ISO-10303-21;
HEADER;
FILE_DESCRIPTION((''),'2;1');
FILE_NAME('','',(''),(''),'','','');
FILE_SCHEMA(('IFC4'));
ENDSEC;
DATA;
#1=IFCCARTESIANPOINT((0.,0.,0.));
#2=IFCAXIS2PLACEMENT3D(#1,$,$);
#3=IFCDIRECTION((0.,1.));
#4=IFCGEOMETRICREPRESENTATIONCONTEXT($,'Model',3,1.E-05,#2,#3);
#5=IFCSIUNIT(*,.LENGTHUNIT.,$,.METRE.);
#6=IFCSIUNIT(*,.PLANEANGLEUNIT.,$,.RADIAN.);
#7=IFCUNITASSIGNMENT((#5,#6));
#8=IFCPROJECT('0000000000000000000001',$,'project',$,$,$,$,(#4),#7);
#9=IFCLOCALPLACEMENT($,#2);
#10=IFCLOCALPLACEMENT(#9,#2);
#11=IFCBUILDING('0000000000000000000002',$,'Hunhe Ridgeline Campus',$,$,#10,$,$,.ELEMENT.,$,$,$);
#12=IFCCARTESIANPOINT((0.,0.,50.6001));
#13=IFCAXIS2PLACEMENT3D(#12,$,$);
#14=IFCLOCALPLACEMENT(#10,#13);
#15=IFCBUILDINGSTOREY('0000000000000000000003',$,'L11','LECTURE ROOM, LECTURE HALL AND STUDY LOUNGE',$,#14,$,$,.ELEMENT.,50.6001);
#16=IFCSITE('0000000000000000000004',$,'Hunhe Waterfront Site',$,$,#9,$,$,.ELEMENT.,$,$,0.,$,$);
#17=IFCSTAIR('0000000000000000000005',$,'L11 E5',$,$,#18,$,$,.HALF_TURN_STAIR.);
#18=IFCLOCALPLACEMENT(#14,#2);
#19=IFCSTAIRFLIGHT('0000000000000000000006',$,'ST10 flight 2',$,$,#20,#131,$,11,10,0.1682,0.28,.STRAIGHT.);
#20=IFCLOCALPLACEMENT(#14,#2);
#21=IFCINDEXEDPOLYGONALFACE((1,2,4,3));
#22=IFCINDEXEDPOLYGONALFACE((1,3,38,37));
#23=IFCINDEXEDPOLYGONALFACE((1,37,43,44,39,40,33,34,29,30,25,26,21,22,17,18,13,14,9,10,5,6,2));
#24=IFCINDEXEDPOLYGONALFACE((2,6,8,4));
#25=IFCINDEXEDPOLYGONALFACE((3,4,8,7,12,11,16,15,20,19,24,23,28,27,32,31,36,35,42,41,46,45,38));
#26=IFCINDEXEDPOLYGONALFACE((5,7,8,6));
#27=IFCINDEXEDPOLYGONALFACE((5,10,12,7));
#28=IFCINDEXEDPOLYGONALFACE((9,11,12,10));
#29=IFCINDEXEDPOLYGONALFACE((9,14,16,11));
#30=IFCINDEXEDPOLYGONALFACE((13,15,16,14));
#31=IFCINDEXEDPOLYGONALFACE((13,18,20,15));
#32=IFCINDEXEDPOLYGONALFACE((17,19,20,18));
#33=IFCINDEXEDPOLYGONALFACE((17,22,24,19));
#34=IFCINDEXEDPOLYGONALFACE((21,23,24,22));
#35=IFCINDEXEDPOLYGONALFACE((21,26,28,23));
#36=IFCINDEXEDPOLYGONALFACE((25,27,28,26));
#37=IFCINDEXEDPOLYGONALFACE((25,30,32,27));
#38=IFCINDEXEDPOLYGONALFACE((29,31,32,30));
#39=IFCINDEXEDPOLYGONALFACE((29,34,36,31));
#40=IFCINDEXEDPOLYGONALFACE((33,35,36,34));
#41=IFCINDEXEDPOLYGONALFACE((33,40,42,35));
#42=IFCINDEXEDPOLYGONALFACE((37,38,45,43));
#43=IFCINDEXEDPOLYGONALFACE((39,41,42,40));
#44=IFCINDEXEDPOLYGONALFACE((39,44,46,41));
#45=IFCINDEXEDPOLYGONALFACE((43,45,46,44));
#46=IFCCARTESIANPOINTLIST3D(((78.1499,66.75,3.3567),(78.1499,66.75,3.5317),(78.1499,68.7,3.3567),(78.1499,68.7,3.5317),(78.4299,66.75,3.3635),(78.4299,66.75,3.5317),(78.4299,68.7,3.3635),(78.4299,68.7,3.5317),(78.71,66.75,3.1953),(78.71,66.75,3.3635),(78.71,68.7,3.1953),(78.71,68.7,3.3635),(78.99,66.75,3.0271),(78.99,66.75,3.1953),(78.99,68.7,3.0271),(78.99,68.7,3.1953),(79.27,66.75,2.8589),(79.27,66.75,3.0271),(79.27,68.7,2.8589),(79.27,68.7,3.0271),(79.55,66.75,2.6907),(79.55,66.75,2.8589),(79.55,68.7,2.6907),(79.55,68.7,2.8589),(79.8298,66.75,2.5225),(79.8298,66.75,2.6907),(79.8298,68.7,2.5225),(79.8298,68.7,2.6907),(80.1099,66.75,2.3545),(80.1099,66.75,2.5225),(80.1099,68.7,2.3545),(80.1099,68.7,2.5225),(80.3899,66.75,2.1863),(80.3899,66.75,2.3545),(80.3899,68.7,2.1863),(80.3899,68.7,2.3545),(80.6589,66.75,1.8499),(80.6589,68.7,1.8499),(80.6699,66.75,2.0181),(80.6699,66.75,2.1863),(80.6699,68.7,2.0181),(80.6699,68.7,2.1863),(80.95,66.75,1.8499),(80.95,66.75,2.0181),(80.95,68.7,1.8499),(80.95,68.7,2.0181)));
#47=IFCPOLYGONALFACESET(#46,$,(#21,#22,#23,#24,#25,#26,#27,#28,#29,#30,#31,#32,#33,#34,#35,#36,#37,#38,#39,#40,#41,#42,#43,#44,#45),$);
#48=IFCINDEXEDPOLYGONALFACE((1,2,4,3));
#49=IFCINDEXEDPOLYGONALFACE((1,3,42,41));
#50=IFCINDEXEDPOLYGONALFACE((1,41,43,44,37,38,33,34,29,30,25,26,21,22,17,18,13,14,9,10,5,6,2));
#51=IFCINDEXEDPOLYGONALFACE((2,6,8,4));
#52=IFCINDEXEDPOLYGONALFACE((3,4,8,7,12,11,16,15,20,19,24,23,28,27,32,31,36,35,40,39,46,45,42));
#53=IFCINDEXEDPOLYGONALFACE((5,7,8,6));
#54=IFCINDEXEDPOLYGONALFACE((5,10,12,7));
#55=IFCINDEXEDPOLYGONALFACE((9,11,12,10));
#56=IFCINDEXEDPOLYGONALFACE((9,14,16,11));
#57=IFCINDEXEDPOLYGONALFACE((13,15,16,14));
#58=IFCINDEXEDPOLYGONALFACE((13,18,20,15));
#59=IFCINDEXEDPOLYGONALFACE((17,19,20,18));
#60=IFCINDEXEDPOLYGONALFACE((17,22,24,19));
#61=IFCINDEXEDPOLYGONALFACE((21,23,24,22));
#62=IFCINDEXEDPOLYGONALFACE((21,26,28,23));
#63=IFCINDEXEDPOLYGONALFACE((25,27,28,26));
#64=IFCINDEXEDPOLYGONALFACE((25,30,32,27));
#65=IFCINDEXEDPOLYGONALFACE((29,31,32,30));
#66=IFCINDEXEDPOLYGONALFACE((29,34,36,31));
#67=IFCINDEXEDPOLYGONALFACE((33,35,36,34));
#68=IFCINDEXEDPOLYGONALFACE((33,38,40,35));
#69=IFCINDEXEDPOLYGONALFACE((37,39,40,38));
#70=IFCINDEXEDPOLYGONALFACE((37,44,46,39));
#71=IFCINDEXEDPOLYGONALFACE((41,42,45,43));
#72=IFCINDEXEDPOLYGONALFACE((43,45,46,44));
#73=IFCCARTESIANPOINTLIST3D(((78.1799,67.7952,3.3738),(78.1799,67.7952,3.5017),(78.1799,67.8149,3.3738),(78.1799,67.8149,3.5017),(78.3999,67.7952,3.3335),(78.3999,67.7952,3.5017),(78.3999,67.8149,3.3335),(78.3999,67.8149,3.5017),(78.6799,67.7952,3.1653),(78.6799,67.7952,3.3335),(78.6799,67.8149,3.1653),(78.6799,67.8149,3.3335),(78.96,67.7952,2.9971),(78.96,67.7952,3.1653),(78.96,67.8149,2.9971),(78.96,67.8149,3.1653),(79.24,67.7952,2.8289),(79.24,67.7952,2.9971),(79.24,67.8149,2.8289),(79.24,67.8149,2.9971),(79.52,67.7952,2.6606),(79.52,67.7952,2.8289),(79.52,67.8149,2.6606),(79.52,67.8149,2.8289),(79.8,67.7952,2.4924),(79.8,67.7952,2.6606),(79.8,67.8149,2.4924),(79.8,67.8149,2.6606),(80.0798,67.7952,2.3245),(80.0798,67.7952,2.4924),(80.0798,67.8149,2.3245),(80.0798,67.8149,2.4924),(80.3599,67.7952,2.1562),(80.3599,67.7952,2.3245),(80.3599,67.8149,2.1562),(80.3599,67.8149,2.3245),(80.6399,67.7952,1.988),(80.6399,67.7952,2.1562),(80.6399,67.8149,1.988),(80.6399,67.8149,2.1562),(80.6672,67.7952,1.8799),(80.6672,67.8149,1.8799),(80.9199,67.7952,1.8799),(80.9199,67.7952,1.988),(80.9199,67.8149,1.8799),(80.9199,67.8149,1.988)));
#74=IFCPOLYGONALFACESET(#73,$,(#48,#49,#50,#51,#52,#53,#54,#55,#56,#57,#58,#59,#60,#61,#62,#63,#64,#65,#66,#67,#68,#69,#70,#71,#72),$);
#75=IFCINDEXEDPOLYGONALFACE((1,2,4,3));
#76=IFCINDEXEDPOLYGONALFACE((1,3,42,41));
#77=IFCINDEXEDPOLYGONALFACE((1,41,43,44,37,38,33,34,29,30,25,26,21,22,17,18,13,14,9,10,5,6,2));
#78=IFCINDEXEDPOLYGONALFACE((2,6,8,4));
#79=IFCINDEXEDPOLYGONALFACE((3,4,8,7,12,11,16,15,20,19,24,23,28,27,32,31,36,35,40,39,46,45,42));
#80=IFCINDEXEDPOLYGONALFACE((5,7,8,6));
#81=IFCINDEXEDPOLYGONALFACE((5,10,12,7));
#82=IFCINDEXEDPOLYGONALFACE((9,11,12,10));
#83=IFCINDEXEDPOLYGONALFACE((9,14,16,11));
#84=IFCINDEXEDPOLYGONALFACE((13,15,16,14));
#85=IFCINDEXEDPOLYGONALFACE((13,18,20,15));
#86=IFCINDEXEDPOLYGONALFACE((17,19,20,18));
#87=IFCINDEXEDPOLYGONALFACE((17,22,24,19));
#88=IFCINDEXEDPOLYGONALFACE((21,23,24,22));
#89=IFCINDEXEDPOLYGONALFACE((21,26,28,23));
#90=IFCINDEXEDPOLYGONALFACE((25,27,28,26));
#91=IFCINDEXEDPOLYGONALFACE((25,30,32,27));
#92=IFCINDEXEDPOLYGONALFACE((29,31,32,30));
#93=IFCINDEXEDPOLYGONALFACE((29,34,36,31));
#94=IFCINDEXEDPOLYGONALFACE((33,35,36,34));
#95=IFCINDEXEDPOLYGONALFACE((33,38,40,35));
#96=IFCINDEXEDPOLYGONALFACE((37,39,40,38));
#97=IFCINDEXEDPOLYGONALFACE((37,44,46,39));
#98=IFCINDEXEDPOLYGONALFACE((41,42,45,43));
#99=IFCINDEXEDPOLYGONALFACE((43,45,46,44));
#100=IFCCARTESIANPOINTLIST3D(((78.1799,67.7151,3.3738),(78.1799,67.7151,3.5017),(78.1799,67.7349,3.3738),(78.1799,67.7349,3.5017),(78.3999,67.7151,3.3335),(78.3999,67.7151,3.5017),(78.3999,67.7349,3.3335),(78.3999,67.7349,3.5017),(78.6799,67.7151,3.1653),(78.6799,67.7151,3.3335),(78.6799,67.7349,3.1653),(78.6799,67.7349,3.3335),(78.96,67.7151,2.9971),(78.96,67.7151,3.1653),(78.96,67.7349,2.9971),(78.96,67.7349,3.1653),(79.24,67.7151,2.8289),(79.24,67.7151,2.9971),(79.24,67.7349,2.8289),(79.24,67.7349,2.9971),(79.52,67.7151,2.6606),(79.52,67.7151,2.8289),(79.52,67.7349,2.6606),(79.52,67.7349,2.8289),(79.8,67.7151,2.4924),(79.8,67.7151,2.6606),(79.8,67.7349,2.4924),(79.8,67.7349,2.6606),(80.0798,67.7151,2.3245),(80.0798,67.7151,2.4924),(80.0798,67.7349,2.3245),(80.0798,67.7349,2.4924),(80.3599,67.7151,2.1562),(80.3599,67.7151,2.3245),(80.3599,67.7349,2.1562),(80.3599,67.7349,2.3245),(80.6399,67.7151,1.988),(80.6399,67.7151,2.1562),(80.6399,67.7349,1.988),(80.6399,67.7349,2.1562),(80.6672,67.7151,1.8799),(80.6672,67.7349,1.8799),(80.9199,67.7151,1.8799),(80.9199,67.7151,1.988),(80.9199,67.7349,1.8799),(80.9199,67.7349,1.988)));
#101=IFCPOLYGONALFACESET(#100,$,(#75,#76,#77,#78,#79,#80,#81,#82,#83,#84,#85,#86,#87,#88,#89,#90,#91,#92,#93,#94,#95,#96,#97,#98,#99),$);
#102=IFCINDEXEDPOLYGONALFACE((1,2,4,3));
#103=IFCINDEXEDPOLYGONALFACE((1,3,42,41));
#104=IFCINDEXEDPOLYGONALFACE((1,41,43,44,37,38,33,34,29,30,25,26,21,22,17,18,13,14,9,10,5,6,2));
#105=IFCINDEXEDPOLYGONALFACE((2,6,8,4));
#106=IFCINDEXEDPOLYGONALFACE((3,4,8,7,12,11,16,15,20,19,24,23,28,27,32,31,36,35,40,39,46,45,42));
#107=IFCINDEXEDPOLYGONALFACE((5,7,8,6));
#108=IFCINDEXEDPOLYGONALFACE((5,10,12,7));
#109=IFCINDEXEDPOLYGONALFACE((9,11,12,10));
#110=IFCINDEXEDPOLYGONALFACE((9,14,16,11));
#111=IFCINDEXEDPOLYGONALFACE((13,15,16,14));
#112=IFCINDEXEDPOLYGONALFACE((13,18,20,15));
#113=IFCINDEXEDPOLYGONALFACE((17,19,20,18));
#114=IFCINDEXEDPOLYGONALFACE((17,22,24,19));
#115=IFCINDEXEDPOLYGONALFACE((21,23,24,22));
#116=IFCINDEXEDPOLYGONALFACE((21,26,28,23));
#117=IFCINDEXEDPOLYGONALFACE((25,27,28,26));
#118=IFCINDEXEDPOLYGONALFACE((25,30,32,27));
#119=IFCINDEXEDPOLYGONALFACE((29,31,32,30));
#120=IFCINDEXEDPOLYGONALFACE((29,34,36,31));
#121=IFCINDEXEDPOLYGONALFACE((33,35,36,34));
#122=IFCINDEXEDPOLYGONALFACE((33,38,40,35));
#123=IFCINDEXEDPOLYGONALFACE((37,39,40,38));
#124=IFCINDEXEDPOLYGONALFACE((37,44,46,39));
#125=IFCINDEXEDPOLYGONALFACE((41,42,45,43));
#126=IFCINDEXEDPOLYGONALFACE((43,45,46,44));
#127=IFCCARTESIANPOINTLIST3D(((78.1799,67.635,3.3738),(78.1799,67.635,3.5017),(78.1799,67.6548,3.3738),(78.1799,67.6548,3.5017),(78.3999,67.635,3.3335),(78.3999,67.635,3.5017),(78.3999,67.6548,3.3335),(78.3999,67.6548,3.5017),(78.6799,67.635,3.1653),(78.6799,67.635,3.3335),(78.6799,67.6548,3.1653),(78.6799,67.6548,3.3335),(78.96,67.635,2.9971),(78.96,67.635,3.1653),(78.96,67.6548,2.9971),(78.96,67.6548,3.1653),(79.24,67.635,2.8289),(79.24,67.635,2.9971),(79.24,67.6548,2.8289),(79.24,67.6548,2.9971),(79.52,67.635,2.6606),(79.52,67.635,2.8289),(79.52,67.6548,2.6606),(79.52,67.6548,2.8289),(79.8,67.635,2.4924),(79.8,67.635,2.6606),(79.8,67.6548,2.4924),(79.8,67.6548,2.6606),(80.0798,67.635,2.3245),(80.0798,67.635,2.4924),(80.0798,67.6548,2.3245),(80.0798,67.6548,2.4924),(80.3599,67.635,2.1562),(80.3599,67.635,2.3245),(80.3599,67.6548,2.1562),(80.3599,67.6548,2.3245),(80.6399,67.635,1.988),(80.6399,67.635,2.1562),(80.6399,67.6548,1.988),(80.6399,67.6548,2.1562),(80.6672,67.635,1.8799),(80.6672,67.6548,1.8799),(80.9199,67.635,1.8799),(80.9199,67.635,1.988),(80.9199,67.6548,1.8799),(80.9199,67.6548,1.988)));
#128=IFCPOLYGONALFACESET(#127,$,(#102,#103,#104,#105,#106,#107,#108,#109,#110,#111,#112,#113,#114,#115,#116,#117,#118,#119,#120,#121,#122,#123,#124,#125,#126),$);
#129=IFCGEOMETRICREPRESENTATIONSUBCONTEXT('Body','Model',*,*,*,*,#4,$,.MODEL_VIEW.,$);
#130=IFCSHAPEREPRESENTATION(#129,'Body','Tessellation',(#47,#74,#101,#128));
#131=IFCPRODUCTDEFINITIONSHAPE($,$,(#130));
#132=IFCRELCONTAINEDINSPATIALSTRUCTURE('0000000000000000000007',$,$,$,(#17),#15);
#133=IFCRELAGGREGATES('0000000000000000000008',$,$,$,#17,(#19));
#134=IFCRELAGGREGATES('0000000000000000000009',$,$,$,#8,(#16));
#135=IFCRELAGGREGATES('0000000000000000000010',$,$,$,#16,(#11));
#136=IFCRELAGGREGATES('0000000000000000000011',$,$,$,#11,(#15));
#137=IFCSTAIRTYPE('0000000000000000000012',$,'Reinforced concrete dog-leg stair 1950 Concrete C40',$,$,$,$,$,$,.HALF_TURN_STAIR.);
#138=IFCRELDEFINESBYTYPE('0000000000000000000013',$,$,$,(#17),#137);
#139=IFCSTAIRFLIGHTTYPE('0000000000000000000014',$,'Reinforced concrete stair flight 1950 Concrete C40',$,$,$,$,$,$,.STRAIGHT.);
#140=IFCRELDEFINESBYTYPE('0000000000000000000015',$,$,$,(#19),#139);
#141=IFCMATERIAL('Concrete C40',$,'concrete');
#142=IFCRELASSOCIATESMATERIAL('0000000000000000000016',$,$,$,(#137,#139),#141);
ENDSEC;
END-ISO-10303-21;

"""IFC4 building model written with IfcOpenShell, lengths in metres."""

from ifc_helpers import new_model, si_unit, direction, frame, origin, place, context, subcontext, project, spatial, polyline, outline, extrude, material, type_object, element, aggregate, save


model = new_model("IFC4")

# Units and contexts
model_context = context("Model", 3, precision=1e-05, world=origin(), true_north=direction((0.0, 1.0)))
body_context = subcontext(model_context, "Body", "Model", "MODEL_VIEW")
ifc_project = project(units=[si_unit("LENGTHUNIT", "METRE"), si_unit("PLANEANGLEUNIT", "RADIAN")], contexts=[model_context])

# Site, building, storey
site_placement = place(None, origin())
site = spatial("IfcSite", under=ifc_project, at=site_placement, Name="Hunhe Waterfront Site", CompositionType="ELEMENT", RefElevation=0.0)
building_placement = place(site_placement, origin())
building = spatial("IfcBuilding", under=site, at=building_placement, Name="Hunhe Ridgeline Campus", CompositionType="ELEMENT")
storey_placement = place(building_placement, frame((0.0, 0.0, 50.6001)))
storey = spatial("IfcBuildingStorey", under=building, at=storey_placement, Name="L11", Description="LECTURE ROOM, LECTURE HALL AND STUDY LOUNGE", CompositionType="ELEMENT", Elevation=50.6001)

# Stair, stair flight
ifc_material_1 = material(Name="Concrete C40", Category="concrete")
stair_type = type_object("IfcStairType", Name="Reinforced concrete dog-leg stair 1950 Concrete C40", PredefinedType="HALF_TURN_STAIR", material=ifc_material_1)
stair_placement = place(storey_placement, origin())
stair = element("IfcStair", 1, at=stair_placement, inside=storey, type_object=stair_type, Name="L11 E5", PredefinedType="HALF_TURN_STAIR")
stair_flight_type = type_object("IfcStairFlightType", Name="Reinforced concrete stair flight 1950 Concrete C40", PredefinedType="STRAIGHT", material=ifc_material_1)
stair_flight_1_placement = place(storey_placement, frame((80.95, 67.7251, 1.8499), z_axis=(0.0, 0.0, 1.0), x_axis=(-1.0, 0.0, 0.0)))
stair_flight_1 = element("IfcStairFlight", 2, at=stair_flight_1_placement, type_object=stair_flight_type, Name="ST10 flight 2", NumberOfRisers=11, NumberOfTreads=10, PredefinedType="STRAIGHT", RiserHeight=0.1682, TreadLength=0.28, context=body_context, shape_type="SweptSolid", body=[
    extrude(outline(polyline([(0.0, 0.0), (0.0, 0.1682), (0.28, 0.1682), (0.28, 0.3364), (0.5601, 0.3364), (0.5601, 0.5046), (0.8401, 0.5046), (0.8401, 0.6726), (1.1201, 0.6726), (1.1201, 0.8408), (1.3999, 0.8408), (1.3999, 1.009), (1.6799, 1.009), (1.6799, 1.1772), (1.96, 1.1772), (1.96, 1.3455), (2.24, 1.3455), (2.24, 1.5137), (2.52, 1.5137), (2.52, 1.6819), (2.8, 1.6819), (2.8, 1.8501), (2.8, 1.5068), (0.291, 0.0), (0.0, 0.0)])), frame((0.0, 0.9751, 0.0), z_axis=(0.0, -1.0, 0.0), x_axis=(1.0, 0.0, 0.0)), (0.0, 0.0, 1.0), 1.95),
    extrude(outline(polyline([(0.03, 0.03), (0.03, 0.1382), (0.3101, 0.1382), (0.3101, 0.3064), (0.5901, 0.3064), (0.5901, 0.4746), (0.8701, 0.4746), (0.8701, 0.6426), (1.1499, 0.6426), (1.1499, 0.8108), (1.4299, 0.8108), (1.4299, 0.979), (1.71, 0.979), (1.71, 1.1472), (1.99, 1.1472), (1.99, 1.3154), (2.27, 1.3154), (2.27, 1.4836), (2.55, 1.4836), (2.55, 1.6519), (2.77, 1.6519), (2.77, 1.5239), (0.2827, 0.03), (0.03, 0.03)])), frame((0.0, -0.0701, 0.0), z_axis=(0.0, -1.0, 0.0), x_axis=(1.0, 0.0, 0.0)), (0.0, 0.0, 1.0), 0.0198),
    extrude(outline(polyline([(0.03, 0.03), (0.03, 0.1382), (0.3101, 0.1382), (0.3101, 0.3064), (0.5901, 0.3064), (0.5901, 0.4746), (0.8701, 0.4746), (0.8701, 0.6426), (1.1499, 0.6426), (1.1499, 0.8108), (1.4299, 0.8108), (1.4299, 0.979), (1.71, 0.979), (1.71, 1.1472), (1.99, 1.1472), (1.99, 1.3154), (2.27, 1.3154), (2.27, 1.4836), (2.55, 1.4836), (2.55, 1.6519), (2.77, 1.6519), (2.77, 1.5239), (0.2827, 0.03), (0.03, 0.03)])), frame((0.0, 0.01, 0.0), z_axis=(0.0, -1.0, 0.0), x_axis=(1.0, 0.0, 0.0)), (0.0, 0.0, 1.0), 0.0198),
    extrude(outline(polyline([(0.03, 0.03), (0.03, 0.1382), (0.3101, 0.1382), (0.3101, 0.3064), (0.5901, 0.3064), (0.5901, 0.4746), (0.8701, 0.4746), (0.8701, 0.6426), (1.1499, 0.6426), (1.1499, 0.8108), (1.4299, 0.8108), (1.4299, 0.979), (1.71, 0.979), (1.71, 1.1472), (1.99, 1.1472), (1.99, 1.3154), (2.27, 1.3154), (2.27, 1.4836), (2.55, 1.4836), (2.55, 1.6519), (2.77, 1.6519), (2.77, 1.5239), (0.2827, 0.03), (0.03, 0.03)])), frame((0.0, 0.0901, 0.0), z_axis=(0.0, -1.0, 0.0), x_axis=(1.0, 0.0, 0.0)), (0.0, 0.0, 1.0), 0.0198),
])
aggregate(stair, [stair_flight_1])

save(model, "model.ifc")
